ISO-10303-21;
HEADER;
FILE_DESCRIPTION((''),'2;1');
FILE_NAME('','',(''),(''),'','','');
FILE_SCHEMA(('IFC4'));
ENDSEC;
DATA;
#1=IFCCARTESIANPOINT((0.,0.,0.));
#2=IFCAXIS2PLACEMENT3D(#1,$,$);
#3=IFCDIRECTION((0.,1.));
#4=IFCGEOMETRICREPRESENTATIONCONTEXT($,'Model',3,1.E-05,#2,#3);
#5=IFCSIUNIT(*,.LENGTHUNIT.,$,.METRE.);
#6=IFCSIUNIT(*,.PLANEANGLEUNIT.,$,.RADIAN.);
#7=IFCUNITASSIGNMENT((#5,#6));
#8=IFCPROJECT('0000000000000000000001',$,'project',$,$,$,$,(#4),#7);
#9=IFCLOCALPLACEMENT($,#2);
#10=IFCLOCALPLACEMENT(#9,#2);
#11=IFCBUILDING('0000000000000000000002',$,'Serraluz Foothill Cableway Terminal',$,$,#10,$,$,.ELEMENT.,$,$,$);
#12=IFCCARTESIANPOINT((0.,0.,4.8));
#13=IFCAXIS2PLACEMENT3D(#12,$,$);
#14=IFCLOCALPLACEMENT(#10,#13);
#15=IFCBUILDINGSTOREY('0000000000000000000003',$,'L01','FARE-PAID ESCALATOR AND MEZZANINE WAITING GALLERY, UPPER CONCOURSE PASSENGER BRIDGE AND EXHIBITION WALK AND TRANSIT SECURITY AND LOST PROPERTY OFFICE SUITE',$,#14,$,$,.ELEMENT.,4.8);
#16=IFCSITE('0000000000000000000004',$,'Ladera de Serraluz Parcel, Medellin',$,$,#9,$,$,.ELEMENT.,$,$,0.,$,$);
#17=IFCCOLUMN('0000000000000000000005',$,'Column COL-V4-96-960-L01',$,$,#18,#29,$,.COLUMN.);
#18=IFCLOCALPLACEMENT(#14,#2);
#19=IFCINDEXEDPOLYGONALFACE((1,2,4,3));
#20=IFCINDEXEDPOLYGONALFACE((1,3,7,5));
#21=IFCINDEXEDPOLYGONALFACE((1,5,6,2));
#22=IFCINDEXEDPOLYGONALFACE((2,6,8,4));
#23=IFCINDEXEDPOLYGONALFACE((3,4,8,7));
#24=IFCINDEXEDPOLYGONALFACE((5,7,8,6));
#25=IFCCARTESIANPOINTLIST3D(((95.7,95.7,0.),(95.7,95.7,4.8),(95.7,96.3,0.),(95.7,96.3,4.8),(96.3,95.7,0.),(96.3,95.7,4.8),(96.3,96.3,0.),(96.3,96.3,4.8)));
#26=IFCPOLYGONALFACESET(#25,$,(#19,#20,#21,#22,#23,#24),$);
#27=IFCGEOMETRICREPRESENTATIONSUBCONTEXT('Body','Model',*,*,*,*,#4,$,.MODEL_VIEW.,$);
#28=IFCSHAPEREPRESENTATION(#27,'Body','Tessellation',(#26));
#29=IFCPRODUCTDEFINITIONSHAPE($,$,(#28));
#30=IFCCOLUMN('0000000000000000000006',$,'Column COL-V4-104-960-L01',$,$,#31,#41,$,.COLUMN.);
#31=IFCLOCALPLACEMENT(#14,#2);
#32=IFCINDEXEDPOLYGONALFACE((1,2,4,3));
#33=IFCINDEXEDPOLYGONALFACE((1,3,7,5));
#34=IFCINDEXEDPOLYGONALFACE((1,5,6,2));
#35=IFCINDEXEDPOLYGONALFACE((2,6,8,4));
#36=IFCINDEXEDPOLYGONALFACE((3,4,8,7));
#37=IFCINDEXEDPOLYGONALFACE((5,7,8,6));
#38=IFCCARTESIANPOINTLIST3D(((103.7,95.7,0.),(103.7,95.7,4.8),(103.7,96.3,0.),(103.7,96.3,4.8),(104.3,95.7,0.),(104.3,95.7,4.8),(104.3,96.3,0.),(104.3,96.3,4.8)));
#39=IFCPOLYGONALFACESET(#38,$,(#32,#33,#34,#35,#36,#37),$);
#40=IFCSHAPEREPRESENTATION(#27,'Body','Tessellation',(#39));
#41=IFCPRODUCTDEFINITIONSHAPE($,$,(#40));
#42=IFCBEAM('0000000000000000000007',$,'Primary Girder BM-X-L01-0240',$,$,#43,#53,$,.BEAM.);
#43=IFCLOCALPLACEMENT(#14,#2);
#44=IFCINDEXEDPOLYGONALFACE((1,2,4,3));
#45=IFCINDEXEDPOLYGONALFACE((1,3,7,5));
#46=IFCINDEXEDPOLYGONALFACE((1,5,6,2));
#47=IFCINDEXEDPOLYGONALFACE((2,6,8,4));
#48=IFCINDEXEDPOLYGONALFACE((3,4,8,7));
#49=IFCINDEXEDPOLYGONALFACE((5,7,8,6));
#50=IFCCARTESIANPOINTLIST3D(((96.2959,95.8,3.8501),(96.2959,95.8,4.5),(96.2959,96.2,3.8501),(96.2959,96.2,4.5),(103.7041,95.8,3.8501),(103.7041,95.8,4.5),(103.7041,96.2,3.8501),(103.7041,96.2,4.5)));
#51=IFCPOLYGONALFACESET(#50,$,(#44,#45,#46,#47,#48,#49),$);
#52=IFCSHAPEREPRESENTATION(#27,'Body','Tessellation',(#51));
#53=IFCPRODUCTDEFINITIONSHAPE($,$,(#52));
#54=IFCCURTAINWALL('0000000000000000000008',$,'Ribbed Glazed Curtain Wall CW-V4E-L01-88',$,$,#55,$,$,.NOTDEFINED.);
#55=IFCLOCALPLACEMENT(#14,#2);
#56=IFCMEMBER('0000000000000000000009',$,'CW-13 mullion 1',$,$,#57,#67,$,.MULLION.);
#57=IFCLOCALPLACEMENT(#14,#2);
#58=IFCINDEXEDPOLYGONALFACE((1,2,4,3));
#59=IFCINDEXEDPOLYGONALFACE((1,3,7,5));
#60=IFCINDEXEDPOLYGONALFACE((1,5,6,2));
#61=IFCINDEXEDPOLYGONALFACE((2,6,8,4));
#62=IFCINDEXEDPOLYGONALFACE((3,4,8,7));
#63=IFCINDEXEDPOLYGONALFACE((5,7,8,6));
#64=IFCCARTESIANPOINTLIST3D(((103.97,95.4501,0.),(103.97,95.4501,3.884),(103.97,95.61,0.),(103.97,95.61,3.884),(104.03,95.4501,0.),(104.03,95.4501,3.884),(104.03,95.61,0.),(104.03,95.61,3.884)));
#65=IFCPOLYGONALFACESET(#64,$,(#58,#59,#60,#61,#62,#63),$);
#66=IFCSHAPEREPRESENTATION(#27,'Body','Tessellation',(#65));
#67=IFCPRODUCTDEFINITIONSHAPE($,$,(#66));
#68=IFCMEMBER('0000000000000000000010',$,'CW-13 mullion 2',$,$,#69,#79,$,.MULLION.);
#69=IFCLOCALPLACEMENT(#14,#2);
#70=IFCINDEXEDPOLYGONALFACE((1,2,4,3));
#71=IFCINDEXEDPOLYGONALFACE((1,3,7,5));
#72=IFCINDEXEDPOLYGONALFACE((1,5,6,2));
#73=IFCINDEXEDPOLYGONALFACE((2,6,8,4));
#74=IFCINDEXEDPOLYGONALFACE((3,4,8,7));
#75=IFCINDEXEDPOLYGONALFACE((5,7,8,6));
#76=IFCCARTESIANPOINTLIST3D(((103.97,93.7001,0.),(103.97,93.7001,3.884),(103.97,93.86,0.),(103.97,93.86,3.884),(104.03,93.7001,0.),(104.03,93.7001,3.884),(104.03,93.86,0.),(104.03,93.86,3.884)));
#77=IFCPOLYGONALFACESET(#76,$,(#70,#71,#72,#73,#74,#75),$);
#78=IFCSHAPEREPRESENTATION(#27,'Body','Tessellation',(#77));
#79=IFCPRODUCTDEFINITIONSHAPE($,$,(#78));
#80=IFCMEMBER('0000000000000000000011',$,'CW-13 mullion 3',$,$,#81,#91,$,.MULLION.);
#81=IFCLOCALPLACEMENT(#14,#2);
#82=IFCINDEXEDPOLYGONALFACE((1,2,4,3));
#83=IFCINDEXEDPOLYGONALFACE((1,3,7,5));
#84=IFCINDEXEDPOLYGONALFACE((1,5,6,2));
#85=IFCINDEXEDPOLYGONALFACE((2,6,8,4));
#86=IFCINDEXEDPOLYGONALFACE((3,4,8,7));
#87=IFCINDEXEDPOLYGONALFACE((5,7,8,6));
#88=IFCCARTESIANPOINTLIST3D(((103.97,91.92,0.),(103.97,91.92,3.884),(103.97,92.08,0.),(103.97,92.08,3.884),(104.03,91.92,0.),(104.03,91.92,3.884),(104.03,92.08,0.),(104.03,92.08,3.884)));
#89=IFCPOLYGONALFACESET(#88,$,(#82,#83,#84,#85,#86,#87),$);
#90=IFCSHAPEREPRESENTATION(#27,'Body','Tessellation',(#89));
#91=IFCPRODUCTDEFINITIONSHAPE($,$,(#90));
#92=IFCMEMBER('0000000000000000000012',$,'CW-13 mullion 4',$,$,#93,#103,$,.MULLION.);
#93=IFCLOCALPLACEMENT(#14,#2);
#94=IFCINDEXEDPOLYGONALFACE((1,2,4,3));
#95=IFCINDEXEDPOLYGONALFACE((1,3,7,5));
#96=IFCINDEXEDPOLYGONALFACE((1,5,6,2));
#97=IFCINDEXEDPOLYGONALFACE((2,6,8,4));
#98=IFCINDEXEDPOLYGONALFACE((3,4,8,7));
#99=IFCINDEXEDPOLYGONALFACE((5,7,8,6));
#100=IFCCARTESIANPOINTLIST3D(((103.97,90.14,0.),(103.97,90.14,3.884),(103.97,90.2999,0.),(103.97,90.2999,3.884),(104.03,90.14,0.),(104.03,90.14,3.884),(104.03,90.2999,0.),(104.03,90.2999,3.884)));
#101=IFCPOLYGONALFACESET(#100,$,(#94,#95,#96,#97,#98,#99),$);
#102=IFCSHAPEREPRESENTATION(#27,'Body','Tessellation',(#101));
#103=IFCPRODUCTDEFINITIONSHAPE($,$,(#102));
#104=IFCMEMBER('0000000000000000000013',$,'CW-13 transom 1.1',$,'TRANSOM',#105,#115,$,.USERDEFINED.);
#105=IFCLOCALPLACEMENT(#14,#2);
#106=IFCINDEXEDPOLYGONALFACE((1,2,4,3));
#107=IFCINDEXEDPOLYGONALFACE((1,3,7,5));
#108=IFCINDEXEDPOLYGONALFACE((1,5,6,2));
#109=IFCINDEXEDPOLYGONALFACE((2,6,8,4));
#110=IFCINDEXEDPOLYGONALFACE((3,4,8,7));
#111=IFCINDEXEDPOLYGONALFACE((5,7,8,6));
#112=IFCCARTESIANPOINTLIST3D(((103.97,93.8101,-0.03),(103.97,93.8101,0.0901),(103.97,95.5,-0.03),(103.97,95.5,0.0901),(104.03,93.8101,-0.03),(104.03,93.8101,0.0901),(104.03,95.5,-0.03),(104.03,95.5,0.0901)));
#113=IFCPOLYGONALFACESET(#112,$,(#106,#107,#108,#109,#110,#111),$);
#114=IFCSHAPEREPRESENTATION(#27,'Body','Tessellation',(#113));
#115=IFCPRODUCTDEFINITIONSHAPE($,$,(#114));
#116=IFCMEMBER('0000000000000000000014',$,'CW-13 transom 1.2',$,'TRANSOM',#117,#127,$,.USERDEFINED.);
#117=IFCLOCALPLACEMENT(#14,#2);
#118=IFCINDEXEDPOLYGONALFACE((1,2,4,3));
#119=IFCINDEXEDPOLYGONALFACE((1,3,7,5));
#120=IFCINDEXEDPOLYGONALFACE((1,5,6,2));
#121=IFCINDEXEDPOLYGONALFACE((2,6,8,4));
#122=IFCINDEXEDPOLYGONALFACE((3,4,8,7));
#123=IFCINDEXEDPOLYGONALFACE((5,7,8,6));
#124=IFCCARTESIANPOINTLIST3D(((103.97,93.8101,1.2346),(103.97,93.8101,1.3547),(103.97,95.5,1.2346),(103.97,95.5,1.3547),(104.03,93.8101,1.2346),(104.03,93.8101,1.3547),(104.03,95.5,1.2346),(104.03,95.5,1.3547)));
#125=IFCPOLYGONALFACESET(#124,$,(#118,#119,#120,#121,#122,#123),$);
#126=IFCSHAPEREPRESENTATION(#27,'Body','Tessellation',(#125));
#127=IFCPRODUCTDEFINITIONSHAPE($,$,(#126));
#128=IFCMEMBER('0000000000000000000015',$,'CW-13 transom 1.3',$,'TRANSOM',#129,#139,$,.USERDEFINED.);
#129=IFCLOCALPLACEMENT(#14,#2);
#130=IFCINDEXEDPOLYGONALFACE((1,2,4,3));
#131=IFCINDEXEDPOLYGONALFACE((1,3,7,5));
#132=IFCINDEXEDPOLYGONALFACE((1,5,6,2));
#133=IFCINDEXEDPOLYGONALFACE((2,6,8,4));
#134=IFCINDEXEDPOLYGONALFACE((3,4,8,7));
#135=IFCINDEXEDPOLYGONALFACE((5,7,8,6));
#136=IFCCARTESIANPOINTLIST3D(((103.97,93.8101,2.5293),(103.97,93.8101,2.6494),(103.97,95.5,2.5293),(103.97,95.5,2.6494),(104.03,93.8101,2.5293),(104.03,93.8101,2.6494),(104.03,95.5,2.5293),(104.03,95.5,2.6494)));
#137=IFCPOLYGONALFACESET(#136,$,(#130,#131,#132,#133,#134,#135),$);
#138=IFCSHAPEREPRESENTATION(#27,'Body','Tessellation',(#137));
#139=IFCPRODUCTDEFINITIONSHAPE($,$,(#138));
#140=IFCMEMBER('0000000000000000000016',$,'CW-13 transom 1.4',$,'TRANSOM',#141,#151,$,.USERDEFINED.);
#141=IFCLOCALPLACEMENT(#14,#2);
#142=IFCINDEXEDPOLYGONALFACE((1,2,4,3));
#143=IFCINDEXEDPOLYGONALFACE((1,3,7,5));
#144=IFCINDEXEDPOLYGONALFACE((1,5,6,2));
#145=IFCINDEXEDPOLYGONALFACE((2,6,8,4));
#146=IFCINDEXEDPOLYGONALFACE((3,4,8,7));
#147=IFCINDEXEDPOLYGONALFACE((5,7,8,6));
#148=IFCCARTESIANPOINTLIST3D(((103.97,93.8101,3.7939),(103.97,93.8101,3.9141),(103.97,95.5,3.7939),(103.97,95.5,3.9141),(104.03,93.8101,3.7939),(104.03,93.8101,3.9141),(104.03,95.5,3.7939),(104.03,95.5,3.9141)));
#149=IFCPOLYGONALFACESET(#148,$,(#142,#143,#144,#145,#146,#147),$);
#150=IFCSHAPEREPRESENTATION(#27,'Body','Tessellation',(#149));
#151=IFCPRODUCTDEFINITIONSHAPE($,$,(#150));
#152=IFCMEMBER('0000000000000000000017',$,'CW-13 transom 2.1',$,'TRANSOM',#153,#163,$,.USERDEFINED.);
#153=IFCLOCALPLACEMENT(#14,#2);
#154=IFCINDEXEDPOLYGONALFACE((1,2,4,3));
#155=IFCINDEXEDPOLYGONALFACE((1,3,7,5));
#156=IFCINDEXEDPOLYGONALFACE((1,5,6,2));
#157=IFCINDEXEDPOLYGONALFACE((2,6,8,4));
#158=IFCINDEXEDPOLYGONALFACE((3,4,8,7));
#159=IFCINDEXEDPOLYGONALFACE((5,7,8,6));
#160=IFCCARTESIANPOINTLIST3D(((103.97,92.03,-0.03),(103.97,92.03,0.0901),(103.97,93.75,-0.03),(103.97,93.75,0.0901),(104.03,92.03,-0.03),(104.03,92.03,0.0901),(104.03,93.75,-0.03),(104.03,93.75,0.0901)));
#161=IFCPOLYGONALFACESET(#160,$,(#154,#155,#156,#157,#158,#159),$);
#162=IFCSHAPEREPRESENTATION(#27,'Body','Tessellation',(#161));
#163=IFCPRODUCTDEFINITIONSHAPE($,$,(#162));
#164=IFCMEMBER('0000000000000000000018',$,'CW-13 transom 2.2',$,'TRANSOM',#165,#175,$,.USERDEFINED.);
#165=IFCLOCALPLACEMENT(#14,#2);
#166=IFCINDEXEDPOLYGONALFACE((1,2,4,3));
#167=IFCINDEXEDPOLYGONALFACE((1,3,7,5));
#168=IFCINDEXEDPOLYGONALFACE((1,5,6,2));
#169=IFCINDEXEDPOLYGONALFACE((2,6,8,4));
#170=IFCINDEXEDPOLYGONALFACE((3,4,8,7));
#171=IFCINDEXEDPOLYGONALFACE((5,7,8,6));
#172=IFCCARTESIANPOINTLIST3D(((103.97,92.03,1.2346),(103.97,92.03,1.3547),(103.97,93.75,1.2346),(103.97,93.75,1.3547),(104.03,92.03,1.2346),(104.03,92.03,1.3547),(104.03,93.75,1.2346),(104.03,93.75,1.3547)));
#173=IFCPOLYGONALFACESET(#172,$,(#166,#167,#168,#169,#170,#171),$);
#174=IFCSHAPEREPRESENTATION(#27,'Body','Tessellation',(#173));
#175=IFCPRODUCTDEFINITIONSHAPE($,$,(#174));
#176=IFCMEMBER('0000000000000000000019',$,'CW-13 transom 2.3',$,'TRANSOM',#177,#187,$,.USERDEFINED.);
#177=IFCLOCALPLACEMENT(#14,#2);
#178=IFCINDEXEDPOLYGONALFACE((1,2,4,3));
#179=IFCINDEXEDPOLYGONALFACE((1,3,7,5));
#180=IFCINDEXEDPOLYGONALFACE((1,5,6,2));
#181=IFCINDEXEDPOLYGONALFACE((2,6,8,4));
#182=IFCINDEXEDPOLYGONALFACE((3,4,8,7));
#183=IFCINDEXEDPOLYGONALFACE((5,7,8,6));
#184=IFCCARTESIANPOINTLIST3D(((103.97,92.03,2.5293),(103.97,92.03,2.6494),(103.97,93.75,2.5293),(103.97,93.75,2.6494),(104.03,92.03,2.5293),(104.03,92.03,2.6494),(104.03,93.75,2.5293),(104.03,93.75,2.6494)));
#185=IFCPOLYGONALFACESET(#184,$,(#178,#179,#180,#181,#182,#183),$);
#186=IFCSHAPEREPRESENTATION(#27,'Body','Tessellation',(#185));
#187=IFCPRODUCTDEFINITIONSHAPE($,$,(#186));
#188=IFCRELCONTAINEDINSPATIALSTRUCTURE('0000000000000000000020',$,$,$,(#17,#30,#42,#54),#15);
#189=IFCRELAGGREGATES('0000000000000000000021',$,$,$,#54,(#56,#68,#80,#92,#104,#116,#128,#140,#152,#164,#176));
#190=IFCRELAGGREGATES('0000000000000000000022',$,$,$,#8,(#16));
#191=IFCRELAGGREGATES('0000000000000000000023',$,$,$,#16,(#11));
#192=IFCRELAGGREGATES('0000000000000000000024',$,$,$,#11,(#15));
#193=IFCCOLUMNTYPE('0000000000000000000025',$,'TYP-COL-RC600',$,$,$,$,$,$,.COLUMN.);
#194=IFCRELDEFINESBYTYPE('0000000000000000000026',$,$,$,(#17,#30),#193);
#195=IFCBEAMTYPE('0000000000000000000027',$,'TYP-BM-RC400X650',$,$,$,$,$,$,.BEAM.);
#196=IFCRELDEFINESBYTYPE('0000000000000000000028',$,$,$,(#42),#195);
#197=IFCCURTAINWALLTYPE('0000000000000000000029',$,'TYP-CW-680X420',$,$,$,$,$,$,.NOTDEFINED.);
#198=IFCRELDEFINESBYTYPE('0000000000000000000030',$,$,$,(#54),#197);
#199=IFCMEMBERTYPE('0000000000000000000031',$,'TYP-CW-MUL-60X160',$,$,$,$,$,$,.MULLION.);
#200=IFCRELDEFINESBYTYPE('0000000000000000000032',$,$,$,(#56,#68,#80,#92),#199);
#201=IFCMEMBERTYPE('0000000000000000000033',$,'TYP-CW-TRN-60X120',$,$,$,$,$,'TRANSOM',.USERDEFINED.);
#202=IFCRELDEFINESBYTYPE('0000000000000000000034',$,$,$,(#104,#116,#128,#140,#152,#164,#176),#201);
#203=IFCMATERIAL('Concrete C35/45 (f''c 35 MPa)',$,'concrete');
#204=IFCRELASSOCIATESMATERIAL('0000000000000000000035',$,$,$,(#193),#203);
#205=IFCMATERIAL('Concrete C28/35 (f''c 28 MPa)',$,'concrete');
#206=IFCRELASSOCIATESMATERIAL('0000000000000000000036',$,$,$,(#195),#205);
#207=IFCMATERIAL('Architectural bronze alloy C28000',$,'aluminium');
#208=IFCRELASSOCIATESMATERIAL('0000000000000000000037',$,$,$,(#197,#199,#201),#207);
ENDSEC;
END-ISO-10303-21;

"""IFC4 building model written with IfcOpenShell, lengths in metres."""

from ifc_helpers import new_model, si_unit, direction, frame, origin, origin_2d, place, context, subcontext, project, spatial, rectangle, extrude, material, material_profile, profile_set, type_object, element, aggregate, save


model = new_model("IFC4")

# Units and contexts
model_context = context("Model", 3, precision=1e-05, world=origin(), true_north=direction((0.0, 1.0)))
body_context = subcontext(model_context, "Body", "Model", "MODEL_VIEW")
ifc_project = project(units=[si_unit("LENGTHUNIT", "METRE"), si_unit("PLANEANGLEUNIT", "RADIAN")], contexts=[model_context])

# Site, building, storey
site_placement = place(None, origin())
site = spatial("IfcSite", under=ifc_project, at=site_placement, Name="Ladera de Serraluz Parcel, Medellin", CompositionType="ELEMENT", RefElevation=0.0)
building_placement = place(site_placement, origin())
building = spatial("IfcBuilding", under=site, at=building_placement, Name="Serraluz Foothill Cableway Terminal", CompositionType="ELEMENT")
storey_placement = place(building_placement, frame((0.0, 0.0, 4.8)))
storey = spatial("IfcBuildingStorey", under=building, at=storey_placement, Name="L01", Description="FARE-PAID ESCALATOR AND MEZZANINE WAITING GALLERY, UPPER CONCOURSE PASSENGER BRIDGE AND EXHIBITION WALK AND TRANSIT SECURITY AND LOST PROPERTY OFFICE SUITE", CompositionType="ELEMENT", Elevation=4.8)

# Columns
ifc_material_1 = material(Name="Concrete C35/45 (f'c 35 MPa)", Category="concrete")
ifc_material_profile_1 = material_profile(ifc_material_1, rectangle(XDim=0.6001, YDim=0.6001, at=origin_2d()), Name="RC 600x600")
ifc_profile_set_1 = profile_set([ifc_material_profile_1], Name="Concrete C35/45 (f'c 35 MPa)")
column_type = type_object("IfcColumnType", Name="TYP-COL-RC600", PredefinedType="COLUMN", material=ifc_profile_set_1)
for number, where, z_axis, x_axis, name in (
    (1, (96.0, 96.0, 0.0), (0.0, 0.0, 1.0), (1.0, 0.0, 0.0), "Column COL-V4-96-960-L01"),
    (2, (104.0, 96.0, 0.0), (0.0, 0.0, 1.0), (1.0, 0.0, 0.0), "Column COL-V4-104-960-L01"),
):
    element("IfcColumn", number, at=place(storey_placement, frame(where, z_axis=z_axis, x_axis=x_axis)), inside=storey, type_object=column_type, Name=name, PredefinedType="COLUMN", context=body_context, shape_type="SweptSolid", body=[
        extrude(rectangle(XDim=0.6001, YDim=0.6001, at=origin_2d()), origin(), (0.0, 0.0, 1.0), 4.8),
    ])

# Beam
ifc_material_2 = material(Name="Concrete C28/35 (f'c 28 MPa)", Category="concrete")
ifc_material_profile_2 = material_profile(ifc_material_2, rectangle(XDim=0.3999, YDim=0.6499, at=origin_2d()), Name="RC 400x650")
ifc_profile_set_2 = profile_set([ifc_material_profile_2], Name="Concrete C28/35 (f'c 28 MPa)")
beam_type_1 = type_object("IfcBeamType", Name="TYP-BM-RC400X650", PredefinedType="BEAM", material=ifc_profile_set_2)
beam_1_placement = place(storey_placement, frame((96.2959, 96.0, 4.175), z_axis=(1.0, 0.0, 0.0), x_axis=(0.0, 1.0, 0.0)))
element("IfcBeam", 3, at=beam_1_placement, inside=storey, type_object=beam_type_1, Name="Primary Girder BM-X-L01-0240", PredefinedType="BEAM", context=body_context, shape_type="SweptSolid", body=[
    extrude(rectangle(XDim=0.3999, YDim=0.6499, at=origin_2d()), origin(), (0.0, 0.0, 1.0), 7.4082),
])

# Curtain wall, members
ifc_material_3 = material(Name="Architectural bronze alloy C28000", Category="aluminium")
curtain_wall_type = type_object("IfcCurtainWallType", Name="TYP-CW-680X420", PredefinedType="NOTDEFINED", material=ifc_material_3)
curtain_wall_placement = place(storey_placement, origin())
curtain_wall = element("IfcCurtainWall", 4, at=curtain_wall_placement, inside=storey, type_object=curtain_wall_type, Name="Ribbed Glazed Curtain Wall CW-V4E-L01-88", PredefinedType="NOTDEFINED")
ifc_material_profile_3 = material_profile(ifc_material_3, rectangle(XDim=0.0601, YDim=0.1599, at=origin_2d()), Name="ALU MULLION 60x160")
ifc_profile_set_3 = profile_set([ifc_material_profile_3], Name="Architectural bronze alloy C28000")
member_type_1 = type_object("IfcMemberType", Name="TYP-CW-MUL-60X160", PredefinedType="MULLION", material=ifc_profile_set_3)
member_1_placement = place(storey_placement, frame((104.0, 95.53, 0.0), z_axis=(0.0, 0.0, 1.0), x_axis=(1.0, 0.0, 0.0)))
member_1 = element("IfcMember", 5, at=member_1_placement, type_object=member_type_1, Name="CW-13 mullion 1", PredefinedType="MULLION", context=body_context, shape_type="SweptSolid", body=[
    extrude(rectangle(XDim=0.0601, YDim=0.1599, at=origin_2d()), origin(), (0.0, 0.0, 1.0), 3.884),
])
member_2_placement = place(storey_placement, frame((104.0, 93.78, 0.0), z_axis=(0.0, 0.0, 1.0), x_axis=(1.0, 0.0, 0.0)))
member_2 = element("IfcMember", 6, at=member_2_placement, type_object=member_type_1, Name="CW-13 mullion 2", PredefinedType="MULLION", context=body_context, shape_type="SweptSolid", body=[
    extrude(rectangle(XDim=0.0601, YDim=0.1599, at=origin_2d()), origin(), (0.0, 0.0, 1.0), 3.884),
])
member_3_placement = place(storey_placement, frame((104.0, 92.0, 0.0), z_axis=(0.0, 0.0, 1.0), x_axis=(1.0, 0.0, 0.0)))
member_3 = element("IfcMember", 7, at=member_3_placement, type_object=member_type_1, Name="CW-13 mullion 3", PredefinedType="MULLION", context=body_context, shape_type="SweptSolid", body=[
    extrude(rectangle(XDim=0.0601, YDim=0.1599, at=origin_2d()), origin(), (0.0, 0.0, 1.0), 3.884),
])
member_4_placement = place(storey_placement, frame((104.0, 90.22, 0.0), z_axis=(0.0, 0.0, 1.0), x_axis=(1.0, 0.0, 0.0)))
member_4 = element("IfcMember", 8, at=member_4_placement, type_object=member_type_1, Name="CW-13 mullion 4", PredefinedType="MULLION", context=body_context, shape_type="SweptSolid", body=[
    extrude(rectangle(XDim=0.0601, YDim=0.1599, at=origin_2d()), origin(), (0.0, 0.0, 1.0), 3.884),
])
ifc_material_profile_4 = material_profile(ifc_material_3, rectangle(XDim=0.0601, YDim=0.1201, at=origin_2d()), Name="ALU TRANSOM 60x120")
ifc_profile_set_4 = profile_set([ifc_material_profile_4], Name="Architectural bronze alloy C28000")
member_type_2 = type_object("IfcMemberType", Name="TYP-CW-TRN-60X120", ElementType="TRANSOM", PredefinedType="USERDEFINED", material=ifc_profile_set_4)
member_5_placement = place(storey_placement, frame((104.0, 95.5, 0.03), z_axis=(0.0, -1.0, 0.0), x_axis=(1.0, 0.0, 0.0)))
member_5 = element("IfcMember", 9, at=member_5_placement, type_object=member_type_2, Name="CW-13 transom 1.1", ObjectType="TRANSOM", PredefinedType="USERDEFINED", context=body_context, shape_type="SweptSolid", body=[
    extrude(rectangle(XDim=0.0601, YDim=0.1201, at=origin_2d()), origin(), (0.0, 0.0, 1.0), 1.6899),
])
member_6_placement = place(storey_placement, frame((104.0, 95.5, 1.2947), z_axis=(0.0, -1.0, 0.0), x_axis=(1.0, 0.0, 0.0)))
member_6 = element("IfcMember", 10, at=member_6_placement, type_object=member_type_2, Name="CW-13 transom 1.2", ObjectType="TRANSOM", PredefinedType="USERDEFINED", context=body_context, shape_type="SweptSolid", body=[
    extrude(rectangle(XDim=0.0601, YDim=0.1201, at=origin_2d()), origin(), (0.0, 0.0, 1.0), 1.6899),
])
member_7_placement = place(storey_placement, frame((104.0, 95.5, 2.5894), z_axis=(0.0, -1.0, 0.0), x_axis=(1.0, 0.0, 0.0)))
member_7 = element("IfcMember", 11, at=member_7_placement, type_object=member_type_2, Name="CW-13 transom 1.3", ObjectType="TRANSOM", PredefinedType="USERDEFINED", context=body_context, shape_type="SweptSolid", body=[
    extrude(rectangle(XDim=0.0601, YDim=0.1201, at=origin_2d()), origin(), (0.0, 0.0, 1.0), 1.6899),
])
member_8_placement = place(storey_placement, frame((104.0, 95.5, 3.854), z_axis=(0.0, -1.0, 0.0), x_axis=(1.0, 0.0, 0.0)))
member_8 = element("IfcMember", 12, at=member_8_placement, type_object=member_type_2, Name="CW-13 transom 1.4", ObjectType="TRANSOM", PredefinedType="USERDEFINED", context=body_context, shape_type="SweptSolid", body=[
    extrude(rectangle(XDim=0.0601, YDim=0.1201, at=origin_2d()), origin(), (0.0, 0.0, 1.0), 1.6899),
])
member_9_placement = place(storey_placement, frame((104.0, 93.75, 0.03), z_axis=(0.0, -1.0, 0.0), x_axis=(1.0, 0.0, 0.0)))
member_9 = element("IfcMember", 13, at=member_9_placement, type_object=member_type_2, Name="CW-13 transom 2.1", ObjectType="TRANSOM", PredefinedType="USERDEFINED", context=body_context, shape_type="SweptSolid", body=[
    extrude(rectangle(XDim=0.0601, YDim=0.1201, at=origin_2d()), origin(), (0.0, 0.0, 1.0), 1.72),
])
member_10_placement = place(storey_placement, frame((104.0, 93.75, 1.2947), z_axis=(0.0, -1.0, 0.0), x_axis=(1.0, 0.0, 0.0)))
member_10 = element("IfcMember", 14, at=member_10_placement, type_object=member_type_2, Name="CW-13 transom 2.2", ObjectType="TRANSOM", PredefinedType="USERDEFINED", context=body_context, shape_type="SweptSolid", body=[
    extrude(rectangle(XDim=0.0601, YDim=0.1201, at=origin_2d()), origin(), (0.0, 0.0, 1.0), 1.72),
])
member_11_placement = place(storey_placement, frame((104.0, 93.75, 2.5894), z_axis=(0.0, -1.0, 0.0), x_axis=(1.0, 0.0, 0.0)))
member_11 = element("IfcMember", 15, at=member_11_placement, type_object=member_type_2, Name="CW-13 transom 2.3", ObjectType="TRANSOM", PredefinedType="USERDEFINED", context=body_context, shape_type="SweptSolid", body=[
    extrude(rectangle(XDim=0.0601, YDim=0.1201, at=origin_2d()), origin(), (0.0, 0.0, 1.0), 1.72),
])

aggregate(curtain_wall, [member_1, member_2, member_3, member_4, member_5, member_6, member_7, member_8, member_9, member_10, member_11])

save(model, "model.ifc")
